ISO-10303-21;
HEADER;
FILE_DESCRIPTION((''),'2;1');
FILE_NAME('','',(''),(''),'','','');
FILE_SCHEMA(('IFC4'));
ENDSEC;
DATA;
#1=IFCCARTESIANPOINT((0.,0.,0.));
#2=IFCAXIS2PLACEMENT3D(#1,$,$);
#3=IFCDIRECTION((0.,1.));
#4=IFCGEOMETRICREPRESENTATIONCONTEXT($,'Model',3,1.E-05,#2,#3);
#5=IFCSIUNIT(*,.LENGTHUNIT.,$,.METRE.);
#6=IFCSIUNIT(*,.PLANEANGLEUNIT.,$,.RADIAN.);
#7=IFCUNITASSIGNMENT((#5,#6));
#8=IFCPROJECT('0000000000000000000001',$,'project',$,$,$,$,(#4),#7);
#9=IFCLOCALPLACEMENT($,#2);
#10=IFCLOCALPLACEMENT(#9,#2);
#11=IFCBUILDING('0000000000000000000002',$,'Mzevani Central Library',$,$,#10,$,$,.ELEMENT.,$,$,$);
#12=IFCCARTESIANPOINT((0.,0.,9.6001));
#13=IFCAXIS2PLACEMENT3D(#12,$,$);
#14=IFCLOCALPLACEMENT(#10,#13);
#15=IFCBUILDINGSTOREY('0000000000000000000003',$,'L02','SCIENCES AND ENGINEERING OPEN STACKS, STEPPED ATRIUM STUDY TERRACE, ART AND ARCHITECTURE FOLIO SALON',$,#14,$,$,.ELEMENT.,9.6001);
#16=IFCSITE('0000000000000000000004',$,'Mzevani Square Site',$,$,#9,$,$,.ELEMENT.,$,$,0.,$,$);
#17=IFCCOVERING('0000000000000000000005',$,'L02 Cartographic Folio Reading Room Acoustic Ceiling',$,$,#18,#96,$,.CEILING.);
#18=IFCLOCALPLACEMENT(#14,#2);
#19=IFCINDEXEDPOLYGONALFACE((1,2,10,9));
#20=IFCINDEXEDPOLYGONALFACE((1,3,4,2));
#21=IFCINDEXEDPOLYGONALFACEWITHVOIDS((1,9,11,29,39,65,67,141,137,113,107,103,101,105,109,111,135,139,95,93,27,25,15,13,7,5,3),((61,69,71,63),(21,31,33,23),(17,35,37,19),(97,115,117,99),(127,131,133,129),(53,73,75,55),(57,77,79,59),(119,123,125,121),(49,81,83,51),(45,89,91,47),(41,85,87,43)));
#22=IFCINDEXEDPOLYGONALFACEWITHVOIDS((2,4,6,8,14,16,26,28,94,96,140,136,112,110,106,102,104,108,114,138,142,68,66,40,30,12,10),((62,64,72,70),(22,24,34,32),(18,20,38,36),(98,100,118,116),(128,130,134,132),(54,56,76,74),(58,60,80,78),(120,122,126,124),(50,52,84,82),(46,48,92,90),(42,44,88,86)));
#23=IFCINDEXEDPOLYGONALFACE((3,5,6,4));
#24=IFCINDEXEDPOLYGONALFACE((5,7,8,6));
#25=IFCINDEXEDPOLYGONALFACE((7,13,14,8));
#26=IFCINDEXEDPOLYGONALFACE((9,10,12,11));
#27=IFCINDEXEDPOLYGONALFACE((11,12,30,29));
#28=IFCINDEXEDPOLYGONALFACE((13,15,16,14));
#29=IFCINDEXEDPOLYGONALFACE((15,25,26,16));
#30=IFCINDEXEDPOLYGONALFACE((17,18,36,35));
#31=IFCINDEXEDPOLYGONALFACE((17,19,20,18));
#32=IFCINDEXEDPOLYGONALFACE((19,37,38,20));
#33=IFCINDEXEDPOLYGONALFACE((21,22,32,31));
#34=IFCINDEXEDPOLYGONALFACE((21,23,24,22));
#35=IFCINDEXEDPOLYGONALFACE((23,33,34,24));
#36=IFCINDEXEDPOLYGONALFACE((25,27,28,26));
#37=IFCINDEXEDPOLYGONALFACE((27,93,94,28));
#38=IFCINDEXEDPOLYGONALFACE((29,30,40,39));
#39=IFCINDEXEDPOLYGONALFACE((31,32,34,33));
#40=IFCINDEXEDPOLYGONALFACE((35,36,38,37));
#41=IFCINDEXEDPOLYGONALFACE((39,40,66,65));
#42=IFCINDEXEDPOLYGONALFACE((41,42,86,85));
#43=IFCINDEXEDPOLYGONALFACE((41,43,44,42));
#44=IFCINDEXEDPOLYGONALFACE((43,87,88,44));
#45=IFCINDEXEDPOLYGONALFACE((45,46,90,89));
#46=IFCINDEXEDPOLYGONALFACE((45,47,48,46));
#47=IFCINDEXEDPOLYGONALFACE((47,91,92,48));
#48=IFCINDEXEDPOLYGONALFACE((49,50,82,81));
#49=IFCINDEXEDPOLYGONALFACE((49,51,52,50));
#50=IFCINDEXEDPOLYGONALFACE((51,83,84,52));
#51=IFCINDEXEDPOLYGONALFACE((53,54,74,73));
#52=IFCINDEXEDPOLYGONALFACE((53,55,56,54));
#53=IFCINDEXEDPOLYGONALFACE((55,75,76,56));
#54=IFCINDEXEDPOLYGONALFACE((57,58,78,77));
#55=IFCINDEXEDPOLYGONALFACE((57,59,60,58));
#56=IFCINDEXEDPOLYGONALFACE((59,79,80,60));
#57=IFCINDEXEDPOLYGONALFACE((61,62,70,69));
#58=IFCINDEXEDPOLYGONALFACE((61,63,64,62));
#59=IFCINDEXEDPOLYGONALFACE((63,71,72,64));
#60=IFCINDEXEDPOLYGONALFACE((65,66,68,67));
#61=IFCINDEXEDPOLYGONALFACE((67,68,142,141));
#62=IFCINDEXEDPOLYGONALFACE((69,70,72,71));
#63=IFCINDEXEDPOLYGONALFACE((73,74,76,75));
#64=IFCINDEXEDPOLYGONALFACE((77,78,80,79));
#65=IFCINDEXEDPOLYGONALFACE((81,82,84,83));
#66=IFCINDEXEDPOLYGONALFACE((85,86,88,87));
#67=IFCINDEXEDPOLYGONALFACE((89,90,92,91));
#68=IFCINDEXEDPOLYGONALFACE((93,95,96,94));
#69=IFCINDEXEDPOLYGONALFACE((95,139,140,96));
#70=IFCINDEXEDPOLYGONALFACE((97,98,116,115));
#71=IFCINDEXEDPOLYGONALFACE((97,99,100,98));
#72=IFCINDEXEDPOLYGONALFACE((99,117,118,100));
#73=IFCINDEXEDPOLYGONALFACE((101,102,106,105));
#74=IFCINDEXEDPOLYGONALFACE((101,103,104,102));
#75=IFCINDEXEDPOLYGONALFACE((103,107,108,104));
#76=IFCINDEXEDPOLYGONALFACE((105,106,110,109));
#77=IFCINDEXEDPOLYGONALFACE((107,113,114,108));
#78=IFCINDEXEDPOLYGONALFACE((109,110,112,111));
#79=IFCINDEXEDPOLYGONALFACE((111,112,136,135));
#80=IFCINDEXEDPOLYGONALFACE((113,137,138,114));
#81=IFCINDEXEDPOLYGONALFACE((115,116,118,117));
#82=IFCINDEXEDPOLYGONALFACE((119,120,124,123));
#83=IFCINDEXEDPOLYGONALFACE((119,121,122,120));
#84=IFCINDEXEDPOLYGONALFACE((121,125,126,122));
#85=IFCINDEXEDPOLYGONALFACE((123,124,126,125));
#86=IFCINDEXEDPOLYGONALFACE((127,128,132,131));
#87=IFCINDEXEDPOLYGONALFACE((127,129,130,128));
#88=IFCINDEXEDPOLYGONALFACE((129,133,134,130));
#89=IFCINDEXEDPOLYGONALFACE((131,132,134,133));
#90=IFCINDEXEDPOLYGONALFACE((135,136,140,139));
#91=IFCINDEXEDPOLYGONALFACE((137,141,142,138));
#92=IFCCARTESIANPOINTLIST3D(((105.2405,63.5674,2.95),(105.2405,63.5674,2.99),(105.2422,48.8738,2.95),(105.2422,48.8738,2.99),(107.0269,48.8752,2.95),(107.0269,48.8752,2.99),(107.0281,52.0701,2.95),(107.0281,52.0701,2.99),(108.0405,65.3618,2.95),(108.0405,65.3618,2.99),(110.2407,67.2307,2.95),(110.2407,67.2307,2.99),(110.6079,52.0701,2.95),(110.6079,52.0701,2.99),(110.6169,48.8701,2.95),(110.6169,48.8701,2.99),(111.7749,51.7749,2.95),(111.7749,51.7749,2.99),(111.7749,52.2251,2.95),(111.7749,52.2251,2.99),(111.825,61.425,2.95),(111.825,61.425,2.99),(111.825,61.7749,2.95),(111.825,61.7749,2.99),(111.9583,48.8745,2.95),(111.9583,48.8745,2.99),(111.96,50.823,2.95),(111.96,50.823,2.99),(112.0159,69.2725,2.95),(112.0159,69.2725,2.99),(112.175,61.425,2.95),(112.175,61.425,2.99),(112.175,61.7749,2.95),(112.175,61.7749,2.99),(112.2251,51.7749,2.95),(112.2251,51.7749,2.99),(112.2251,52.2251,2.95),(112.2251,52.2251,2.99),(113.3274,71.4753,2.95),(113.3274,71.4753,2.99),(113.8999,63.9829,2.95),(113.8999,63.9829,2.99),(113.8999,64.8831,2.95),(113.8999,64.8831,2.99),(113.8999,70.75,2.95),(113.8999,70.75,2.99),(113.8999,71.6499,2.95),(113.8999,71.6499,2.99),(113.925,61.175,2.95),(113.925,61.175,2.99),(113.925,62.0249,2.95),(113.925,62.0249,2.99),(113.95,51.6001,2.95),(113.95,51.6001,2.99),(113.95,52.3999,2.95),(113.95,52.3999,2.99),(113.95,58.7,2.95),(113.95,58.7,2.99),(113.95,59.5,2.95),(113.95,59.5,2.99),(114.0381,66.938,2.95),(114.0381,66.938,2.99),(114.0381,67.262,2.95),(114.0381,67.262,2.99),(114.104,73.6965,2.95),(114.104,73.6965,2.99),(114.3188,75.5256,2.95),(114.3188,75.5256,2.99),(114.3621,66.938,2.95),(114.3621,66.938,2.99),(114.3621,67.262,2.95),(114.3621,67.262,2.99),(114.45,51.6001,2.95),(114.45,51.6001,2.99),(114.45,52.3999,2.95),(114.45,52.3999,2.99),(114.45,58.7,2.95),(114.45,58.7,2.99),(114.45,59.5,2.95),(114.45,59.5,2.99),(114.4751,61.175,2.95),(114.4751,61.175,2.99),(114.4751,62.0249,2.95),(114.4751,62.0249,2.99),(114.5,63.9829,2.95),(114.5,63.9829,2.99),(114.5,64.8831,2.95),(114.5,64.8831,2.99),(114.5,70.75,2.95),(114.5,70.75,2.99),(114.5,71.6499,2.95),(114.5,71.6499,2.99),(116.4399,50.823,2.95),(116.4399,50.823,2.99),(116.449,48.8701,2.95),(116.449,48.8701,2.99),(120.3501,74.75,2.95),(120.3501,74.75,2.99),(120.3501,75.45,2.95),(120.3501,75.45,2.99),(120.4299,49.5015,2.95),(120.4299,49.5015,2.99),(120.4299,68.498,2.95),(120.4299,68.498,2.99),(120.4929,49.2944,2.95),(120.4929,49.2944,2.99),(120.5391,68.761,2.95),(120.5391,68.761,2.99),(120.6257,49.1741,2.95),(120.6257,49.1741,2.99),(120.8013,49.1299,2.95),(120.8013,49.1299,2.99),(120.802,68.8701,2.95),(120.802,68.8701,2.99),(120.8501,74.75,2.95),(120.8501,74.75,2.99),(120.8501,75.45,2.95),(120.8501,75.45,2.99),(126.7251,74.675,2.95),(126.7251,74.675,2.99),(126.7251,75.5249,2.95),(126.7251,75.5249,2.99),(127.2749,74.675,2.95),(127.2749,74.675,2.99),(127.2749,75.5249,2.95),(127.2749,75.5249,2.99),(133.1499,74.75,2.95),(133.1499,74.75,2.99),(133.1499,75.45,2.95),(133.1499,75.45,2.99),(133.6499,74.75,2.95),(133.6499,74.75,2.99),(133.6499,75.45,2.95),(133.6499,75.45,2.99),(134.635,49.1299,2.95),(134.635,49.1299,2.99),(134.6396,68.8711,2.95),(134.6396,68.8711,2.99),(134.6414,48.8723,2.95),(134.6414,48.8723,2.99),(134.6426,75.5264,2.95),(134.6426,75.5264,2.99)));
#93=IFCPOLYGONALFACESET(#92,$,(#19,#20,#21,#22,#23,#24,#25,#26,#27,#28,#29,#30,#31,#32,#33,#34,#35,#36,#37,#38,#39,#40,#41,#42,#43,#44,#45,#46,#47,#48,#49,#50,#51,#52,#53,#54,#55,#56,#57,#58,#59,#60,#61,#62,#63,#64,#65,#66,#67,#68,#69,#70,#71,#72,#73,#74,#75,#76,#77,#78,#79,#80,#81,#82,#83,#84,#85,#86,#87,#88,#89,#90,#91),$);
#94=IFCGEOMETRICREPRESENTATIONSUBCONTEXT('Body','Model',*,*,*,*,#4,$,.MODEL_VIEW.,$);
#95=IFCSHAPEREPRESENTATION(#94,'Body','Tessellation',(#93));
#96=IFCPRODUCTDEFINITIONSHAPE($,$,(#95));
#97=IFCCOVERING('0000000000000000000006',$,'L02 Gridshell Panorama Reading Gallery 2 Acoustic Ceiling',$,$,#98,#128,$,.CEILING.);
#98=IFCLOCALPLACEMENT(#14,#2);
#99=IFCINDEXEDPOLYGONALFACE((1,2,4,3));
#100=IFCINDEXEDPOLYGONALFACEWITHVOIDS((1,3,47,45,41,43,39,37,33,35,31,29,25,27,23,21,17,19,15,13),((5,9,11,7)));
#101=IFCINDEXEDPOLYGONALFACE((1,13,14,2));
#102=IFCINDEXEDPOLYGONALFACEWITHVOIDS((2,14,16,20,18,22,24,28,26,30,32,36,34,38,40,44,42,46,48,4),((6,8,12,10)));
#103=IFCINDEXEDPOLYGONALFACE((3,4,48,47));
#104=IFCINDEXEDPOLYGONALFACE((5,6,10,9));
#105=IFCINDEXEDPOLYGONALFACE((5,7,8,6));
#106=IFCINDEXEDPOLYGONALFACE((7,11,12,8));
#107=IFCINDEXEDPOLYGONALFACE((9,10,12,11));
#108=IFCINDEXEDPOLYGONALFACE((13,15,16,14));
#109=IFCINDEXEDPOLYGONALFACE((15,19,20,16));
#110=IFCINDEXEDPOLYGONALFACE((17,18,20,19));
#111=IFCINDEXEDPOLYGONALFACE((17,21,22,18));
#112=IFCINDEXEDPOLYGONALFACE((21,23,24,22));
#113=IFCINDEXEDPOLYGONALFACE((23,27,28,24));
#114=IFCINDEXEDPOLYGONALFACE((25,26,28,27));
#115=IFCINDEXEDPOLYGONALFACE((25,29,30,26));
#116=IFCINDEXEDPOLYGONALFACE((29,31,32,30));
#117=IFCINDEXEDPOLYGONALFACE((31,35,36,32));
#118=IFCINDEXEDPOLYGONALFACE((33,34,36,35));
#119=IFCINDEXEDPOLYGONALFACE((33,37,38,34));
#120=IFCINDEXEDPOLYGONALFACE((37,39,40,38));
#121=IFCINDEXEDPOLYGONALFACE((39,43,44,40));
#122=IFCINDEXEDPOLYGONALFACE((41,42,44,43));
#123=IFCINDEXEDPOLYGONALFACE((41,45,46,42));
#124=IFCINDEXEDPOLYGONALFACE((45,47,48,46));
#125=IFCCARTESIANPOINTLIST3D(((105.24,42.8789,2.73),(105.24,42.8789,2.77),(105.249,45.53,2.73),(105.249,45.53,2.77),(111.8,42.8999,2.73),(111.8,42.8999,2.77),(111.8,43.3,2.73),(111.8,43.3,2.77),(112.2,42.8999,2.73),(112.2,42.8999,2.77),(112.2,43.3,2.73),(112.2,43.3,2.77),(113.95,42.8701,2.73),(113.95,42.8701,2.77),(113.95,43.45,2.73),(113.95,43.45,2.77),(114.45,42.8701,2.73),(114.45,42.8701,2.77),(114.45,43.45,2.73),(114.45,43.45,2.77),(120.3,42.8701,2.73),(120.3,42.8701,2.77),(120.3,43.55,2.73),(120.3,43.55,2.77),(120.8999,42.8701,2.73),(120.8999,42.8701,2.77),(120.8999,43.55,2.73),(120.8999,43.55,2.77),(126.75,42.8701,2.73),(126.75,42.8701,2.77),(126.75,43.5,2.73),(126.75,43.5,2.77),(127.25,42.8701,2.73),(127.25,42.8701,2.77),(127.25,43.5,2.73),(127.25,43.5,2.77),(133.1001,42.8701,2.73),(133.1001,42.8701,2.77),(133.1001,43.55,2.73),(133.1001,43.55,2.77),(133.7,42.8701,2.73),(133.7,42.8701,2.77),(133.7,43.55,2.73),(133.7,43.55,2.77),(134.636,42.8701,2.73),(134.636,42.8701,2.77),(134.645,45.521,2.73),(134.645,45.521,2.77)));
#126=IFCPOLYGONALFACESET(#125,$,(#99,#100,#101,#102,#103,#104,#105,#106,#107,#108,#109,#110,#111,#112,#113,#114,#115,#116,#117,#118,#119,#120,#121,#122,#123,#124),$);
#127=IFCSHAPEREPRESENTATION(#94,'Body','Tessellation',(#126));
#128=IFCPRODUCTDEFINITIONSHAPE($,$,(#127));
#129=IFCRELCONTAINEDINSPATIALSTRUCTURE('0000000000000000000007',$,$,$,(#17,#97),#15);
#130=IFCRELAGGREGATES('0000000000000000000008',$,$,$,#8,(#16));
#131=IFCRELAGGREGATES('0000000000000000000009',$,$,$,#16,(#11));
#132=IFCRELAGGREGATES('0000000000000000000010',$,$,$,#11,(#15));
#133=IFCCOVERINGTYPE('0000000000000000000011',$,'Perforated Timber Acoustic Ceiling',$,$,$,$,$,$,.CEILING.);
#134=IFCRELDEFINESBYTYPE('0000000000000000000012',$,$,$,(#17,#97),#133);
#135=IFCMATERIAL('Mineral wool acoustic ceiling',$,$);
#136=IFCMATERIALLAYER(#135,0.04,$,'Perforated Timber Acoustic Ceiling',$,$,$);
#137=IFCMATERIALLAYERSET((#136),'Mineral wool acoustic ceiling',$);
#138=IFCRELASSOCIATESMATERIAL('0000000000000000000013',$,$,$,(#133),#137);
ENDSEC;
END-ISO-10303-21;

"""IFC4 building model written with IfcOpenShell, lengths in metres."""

from ifc_helpers import new_model, si_unit, direction, frame, origin, place, context, subcontext, project, spatial, polyline, outline, extrude, material, layer, layer_set, type_object, element, save


model = new_model("IFC4")

# Units and contexts
model_context = context("Model", 3, precision=1e-05, world=origin(), true_north=direction((0.0, 1.0)))
body_context = subcontext(model_context, "Body", "Model", "MODEL_VIEW")
ifc_project = project(units=[si_unit("LENGTHUNIT", "METRE"), si_unit("PLANEANGLEUNIT", "RADIAN")], contexts=[model_context])

# Site, building, storey
site_placement = place(None, origin())
site = spatial("IfcSite", under=ifc_project, at=site_placement, Name="Mzevani Square Site", CompositionType="ELEMENT", RefElevation=0.0)
building_placement = place(site_placement, origin())
building = spatial("IfcBuilding", under=site, at=building_placement, Name="Mzevani Central Library", CompositionType="ELEMENT")
storey_placement = place(building_placement, frame((0.0, 0.0, 9.6001)))
storey = spatial("IfcBuildingStorey", under=building, at=storey_placement, Name="L02", Description="SCIENCES AND ENGINEERING OPEN STACKS, STEPPED ATRIUM STUDY TERRACE, ART AND ARCHITECTURE FOLIO SALON", CompositionType="ELEMENT", Elevation=9.6001)

# Coverings
ifc_material_1 = material(Name="Mineral wool acoustic ceiling")
ifc_layer_1 = layer(ifc_material_1, 0.04, Name="Perforated Timber Acoustic Ceiling")
ifc_layer_set_1 = layer_set([ifc_layer_1], Name="Mineral wool acoustic ceiling")
covering_type_1 = type_object("IfcCoveringType", Name="Perforated Timber Acoustic Ceiling", PredefinedType="CEILING", material=ifc_layer_set_1)
covering_1_placement = place(storey_placement, frame((0.0, 0.0, 2.95)))
element("IfcCovering", 1, at=covering_1_placement, inside=storey, type_object=covering_type_1, Name="L02 Cartographic Folio Reading Room Acoustic Ceiling", PredefinedType="CEILING", context=body_context, shape_type="SweptSolid", body=[
    extrude(outline(polyline([(114.3188, 75.5256), (134.6426, 75.5264), (134.6396, 68.8711), (120.802, 68.8701), (120.5391, 68.761), (120.4299, 68.498), (120.4299, 49.5015), (120.4929, 49.2944), (120.6257, 49.1741), (120.8013, 49.1299), (134.635, 49.1299), (134.6414, 48.8723), (116.449, 48.8701), (116.4399, 50.823), (111.96, 50.823), (111.9583, 48.8745), (110.6169, 48.8701), (110.6079, 52.0701), (107.0281, 52.0701), (107.0269, 48.8752), (105.2422, 48.8738), (105.2405, 63.5674), (108.0405, 65.3618), (110.2407, 67.2307), (112.0159, 69.2725), (113.3274, 71.4753), (114.104, 73.6965), (114.3188, 75.5256)]), holes=[polyline([(111.7749, 51.7749), (112.2251, 51.7749), (112.2251, 52.2251), (111.7749, 52.2251), (111.7749, 51.7749)]), polyline([(111.825, 61.7749), (111.825, 61.425), (112.175, 61.425), (112.175, 61.7749), (111.825, 61.7749)]), polyline([(114.45, 52.3999), (113.95, 52.3999), (113.95, 51.6001), (114.45, 51.6001), (114.45, 52.3999)]), polyline([(114.4751, 61.175), (114.4751, 62.0249), (113.925, 62.0249), (113.925, 61.175), (114.4751, 61.175)]), polyline([(113.8999, 70.75), (114.5, 70.75), (114.5, 71.6499), (113.8999, 71.6499), (113.8999, 70.75)]), polyline([(120.3501, 75.45), (120.3501, 74.75), (120.8501, 74.75), (120.8501, 75.45), (120.3501, 75.45)]), polyline([(127.2749, 75.5249), (126.7251, 75.5249), (126.7251, 74.675), (127.2749, 74.675), (127.2749, 75.5249)]), polyline([(133.6499, 74.75), (133.6499, 75.45), (133.1499, 75.45), (133.1499, 74.75), (133.6499, 74.75)]), polyline([(113.95, 58.7), (114.45, 58.7), (114.45, 59.5), (113.95, 59.5), (113.95, 58.7)]), polyline([(113.8999, 64.8831), (113.8999, 63.9829), (114.5, 63.9829), (114.5, 64.8831), (113.8999, 64.8831)]), polyline([(114.3621, 67.262), (114.0381, 67.262), (114.0381, 66.938), (114.3621, 66.938), (114.3621, 67.262)])]), origin(), (0.0, 0.0, 1.0), 0.04),
])
covering_2_placement = place(storey_placement, frame((0.0, 0.0, 2.73)))
element("IfcCovering", 2, at=covering_2_placement, inside=storey, type_object=covering_type_1, Name="L02 Gridshell Panorama Reading Gallery 2 Acoustic Ceiling", PredefinedType="CEILING", context=body_context, shape_type="SweptSolid", body=[
    extrude(outline(polyline([(134.645, 45.521), (134.636, 42.8701), (133.7, 42.8701), (133.7, 43.55), (133.1001, 43.55), (133.1001, 42.8701), (127.25, 42.8701), (127.25, 43.5), (126.75, 43.5), (126.75, 42.8701), (120.8999, 42.8701), (120.8999, 43.55), (120.3, 43.55), (120.3, 42.8701), (114.45, 42.8701), (114.45, 43.45), (113.95, 43.45), (113.95, 42.8701), (105.24, 42.8789), (105.249, 45.53), (134.645, 45.521)]), holes=[polyline([(112.2, 43.3), (111.8, 43.3), (111.8, 42.8999), (112.2, 42.8999), (112.2, 43.3)])]), origin(), (0.0, 0.0, 1.0), 0.04),
])

save(model, "model.ifc")
